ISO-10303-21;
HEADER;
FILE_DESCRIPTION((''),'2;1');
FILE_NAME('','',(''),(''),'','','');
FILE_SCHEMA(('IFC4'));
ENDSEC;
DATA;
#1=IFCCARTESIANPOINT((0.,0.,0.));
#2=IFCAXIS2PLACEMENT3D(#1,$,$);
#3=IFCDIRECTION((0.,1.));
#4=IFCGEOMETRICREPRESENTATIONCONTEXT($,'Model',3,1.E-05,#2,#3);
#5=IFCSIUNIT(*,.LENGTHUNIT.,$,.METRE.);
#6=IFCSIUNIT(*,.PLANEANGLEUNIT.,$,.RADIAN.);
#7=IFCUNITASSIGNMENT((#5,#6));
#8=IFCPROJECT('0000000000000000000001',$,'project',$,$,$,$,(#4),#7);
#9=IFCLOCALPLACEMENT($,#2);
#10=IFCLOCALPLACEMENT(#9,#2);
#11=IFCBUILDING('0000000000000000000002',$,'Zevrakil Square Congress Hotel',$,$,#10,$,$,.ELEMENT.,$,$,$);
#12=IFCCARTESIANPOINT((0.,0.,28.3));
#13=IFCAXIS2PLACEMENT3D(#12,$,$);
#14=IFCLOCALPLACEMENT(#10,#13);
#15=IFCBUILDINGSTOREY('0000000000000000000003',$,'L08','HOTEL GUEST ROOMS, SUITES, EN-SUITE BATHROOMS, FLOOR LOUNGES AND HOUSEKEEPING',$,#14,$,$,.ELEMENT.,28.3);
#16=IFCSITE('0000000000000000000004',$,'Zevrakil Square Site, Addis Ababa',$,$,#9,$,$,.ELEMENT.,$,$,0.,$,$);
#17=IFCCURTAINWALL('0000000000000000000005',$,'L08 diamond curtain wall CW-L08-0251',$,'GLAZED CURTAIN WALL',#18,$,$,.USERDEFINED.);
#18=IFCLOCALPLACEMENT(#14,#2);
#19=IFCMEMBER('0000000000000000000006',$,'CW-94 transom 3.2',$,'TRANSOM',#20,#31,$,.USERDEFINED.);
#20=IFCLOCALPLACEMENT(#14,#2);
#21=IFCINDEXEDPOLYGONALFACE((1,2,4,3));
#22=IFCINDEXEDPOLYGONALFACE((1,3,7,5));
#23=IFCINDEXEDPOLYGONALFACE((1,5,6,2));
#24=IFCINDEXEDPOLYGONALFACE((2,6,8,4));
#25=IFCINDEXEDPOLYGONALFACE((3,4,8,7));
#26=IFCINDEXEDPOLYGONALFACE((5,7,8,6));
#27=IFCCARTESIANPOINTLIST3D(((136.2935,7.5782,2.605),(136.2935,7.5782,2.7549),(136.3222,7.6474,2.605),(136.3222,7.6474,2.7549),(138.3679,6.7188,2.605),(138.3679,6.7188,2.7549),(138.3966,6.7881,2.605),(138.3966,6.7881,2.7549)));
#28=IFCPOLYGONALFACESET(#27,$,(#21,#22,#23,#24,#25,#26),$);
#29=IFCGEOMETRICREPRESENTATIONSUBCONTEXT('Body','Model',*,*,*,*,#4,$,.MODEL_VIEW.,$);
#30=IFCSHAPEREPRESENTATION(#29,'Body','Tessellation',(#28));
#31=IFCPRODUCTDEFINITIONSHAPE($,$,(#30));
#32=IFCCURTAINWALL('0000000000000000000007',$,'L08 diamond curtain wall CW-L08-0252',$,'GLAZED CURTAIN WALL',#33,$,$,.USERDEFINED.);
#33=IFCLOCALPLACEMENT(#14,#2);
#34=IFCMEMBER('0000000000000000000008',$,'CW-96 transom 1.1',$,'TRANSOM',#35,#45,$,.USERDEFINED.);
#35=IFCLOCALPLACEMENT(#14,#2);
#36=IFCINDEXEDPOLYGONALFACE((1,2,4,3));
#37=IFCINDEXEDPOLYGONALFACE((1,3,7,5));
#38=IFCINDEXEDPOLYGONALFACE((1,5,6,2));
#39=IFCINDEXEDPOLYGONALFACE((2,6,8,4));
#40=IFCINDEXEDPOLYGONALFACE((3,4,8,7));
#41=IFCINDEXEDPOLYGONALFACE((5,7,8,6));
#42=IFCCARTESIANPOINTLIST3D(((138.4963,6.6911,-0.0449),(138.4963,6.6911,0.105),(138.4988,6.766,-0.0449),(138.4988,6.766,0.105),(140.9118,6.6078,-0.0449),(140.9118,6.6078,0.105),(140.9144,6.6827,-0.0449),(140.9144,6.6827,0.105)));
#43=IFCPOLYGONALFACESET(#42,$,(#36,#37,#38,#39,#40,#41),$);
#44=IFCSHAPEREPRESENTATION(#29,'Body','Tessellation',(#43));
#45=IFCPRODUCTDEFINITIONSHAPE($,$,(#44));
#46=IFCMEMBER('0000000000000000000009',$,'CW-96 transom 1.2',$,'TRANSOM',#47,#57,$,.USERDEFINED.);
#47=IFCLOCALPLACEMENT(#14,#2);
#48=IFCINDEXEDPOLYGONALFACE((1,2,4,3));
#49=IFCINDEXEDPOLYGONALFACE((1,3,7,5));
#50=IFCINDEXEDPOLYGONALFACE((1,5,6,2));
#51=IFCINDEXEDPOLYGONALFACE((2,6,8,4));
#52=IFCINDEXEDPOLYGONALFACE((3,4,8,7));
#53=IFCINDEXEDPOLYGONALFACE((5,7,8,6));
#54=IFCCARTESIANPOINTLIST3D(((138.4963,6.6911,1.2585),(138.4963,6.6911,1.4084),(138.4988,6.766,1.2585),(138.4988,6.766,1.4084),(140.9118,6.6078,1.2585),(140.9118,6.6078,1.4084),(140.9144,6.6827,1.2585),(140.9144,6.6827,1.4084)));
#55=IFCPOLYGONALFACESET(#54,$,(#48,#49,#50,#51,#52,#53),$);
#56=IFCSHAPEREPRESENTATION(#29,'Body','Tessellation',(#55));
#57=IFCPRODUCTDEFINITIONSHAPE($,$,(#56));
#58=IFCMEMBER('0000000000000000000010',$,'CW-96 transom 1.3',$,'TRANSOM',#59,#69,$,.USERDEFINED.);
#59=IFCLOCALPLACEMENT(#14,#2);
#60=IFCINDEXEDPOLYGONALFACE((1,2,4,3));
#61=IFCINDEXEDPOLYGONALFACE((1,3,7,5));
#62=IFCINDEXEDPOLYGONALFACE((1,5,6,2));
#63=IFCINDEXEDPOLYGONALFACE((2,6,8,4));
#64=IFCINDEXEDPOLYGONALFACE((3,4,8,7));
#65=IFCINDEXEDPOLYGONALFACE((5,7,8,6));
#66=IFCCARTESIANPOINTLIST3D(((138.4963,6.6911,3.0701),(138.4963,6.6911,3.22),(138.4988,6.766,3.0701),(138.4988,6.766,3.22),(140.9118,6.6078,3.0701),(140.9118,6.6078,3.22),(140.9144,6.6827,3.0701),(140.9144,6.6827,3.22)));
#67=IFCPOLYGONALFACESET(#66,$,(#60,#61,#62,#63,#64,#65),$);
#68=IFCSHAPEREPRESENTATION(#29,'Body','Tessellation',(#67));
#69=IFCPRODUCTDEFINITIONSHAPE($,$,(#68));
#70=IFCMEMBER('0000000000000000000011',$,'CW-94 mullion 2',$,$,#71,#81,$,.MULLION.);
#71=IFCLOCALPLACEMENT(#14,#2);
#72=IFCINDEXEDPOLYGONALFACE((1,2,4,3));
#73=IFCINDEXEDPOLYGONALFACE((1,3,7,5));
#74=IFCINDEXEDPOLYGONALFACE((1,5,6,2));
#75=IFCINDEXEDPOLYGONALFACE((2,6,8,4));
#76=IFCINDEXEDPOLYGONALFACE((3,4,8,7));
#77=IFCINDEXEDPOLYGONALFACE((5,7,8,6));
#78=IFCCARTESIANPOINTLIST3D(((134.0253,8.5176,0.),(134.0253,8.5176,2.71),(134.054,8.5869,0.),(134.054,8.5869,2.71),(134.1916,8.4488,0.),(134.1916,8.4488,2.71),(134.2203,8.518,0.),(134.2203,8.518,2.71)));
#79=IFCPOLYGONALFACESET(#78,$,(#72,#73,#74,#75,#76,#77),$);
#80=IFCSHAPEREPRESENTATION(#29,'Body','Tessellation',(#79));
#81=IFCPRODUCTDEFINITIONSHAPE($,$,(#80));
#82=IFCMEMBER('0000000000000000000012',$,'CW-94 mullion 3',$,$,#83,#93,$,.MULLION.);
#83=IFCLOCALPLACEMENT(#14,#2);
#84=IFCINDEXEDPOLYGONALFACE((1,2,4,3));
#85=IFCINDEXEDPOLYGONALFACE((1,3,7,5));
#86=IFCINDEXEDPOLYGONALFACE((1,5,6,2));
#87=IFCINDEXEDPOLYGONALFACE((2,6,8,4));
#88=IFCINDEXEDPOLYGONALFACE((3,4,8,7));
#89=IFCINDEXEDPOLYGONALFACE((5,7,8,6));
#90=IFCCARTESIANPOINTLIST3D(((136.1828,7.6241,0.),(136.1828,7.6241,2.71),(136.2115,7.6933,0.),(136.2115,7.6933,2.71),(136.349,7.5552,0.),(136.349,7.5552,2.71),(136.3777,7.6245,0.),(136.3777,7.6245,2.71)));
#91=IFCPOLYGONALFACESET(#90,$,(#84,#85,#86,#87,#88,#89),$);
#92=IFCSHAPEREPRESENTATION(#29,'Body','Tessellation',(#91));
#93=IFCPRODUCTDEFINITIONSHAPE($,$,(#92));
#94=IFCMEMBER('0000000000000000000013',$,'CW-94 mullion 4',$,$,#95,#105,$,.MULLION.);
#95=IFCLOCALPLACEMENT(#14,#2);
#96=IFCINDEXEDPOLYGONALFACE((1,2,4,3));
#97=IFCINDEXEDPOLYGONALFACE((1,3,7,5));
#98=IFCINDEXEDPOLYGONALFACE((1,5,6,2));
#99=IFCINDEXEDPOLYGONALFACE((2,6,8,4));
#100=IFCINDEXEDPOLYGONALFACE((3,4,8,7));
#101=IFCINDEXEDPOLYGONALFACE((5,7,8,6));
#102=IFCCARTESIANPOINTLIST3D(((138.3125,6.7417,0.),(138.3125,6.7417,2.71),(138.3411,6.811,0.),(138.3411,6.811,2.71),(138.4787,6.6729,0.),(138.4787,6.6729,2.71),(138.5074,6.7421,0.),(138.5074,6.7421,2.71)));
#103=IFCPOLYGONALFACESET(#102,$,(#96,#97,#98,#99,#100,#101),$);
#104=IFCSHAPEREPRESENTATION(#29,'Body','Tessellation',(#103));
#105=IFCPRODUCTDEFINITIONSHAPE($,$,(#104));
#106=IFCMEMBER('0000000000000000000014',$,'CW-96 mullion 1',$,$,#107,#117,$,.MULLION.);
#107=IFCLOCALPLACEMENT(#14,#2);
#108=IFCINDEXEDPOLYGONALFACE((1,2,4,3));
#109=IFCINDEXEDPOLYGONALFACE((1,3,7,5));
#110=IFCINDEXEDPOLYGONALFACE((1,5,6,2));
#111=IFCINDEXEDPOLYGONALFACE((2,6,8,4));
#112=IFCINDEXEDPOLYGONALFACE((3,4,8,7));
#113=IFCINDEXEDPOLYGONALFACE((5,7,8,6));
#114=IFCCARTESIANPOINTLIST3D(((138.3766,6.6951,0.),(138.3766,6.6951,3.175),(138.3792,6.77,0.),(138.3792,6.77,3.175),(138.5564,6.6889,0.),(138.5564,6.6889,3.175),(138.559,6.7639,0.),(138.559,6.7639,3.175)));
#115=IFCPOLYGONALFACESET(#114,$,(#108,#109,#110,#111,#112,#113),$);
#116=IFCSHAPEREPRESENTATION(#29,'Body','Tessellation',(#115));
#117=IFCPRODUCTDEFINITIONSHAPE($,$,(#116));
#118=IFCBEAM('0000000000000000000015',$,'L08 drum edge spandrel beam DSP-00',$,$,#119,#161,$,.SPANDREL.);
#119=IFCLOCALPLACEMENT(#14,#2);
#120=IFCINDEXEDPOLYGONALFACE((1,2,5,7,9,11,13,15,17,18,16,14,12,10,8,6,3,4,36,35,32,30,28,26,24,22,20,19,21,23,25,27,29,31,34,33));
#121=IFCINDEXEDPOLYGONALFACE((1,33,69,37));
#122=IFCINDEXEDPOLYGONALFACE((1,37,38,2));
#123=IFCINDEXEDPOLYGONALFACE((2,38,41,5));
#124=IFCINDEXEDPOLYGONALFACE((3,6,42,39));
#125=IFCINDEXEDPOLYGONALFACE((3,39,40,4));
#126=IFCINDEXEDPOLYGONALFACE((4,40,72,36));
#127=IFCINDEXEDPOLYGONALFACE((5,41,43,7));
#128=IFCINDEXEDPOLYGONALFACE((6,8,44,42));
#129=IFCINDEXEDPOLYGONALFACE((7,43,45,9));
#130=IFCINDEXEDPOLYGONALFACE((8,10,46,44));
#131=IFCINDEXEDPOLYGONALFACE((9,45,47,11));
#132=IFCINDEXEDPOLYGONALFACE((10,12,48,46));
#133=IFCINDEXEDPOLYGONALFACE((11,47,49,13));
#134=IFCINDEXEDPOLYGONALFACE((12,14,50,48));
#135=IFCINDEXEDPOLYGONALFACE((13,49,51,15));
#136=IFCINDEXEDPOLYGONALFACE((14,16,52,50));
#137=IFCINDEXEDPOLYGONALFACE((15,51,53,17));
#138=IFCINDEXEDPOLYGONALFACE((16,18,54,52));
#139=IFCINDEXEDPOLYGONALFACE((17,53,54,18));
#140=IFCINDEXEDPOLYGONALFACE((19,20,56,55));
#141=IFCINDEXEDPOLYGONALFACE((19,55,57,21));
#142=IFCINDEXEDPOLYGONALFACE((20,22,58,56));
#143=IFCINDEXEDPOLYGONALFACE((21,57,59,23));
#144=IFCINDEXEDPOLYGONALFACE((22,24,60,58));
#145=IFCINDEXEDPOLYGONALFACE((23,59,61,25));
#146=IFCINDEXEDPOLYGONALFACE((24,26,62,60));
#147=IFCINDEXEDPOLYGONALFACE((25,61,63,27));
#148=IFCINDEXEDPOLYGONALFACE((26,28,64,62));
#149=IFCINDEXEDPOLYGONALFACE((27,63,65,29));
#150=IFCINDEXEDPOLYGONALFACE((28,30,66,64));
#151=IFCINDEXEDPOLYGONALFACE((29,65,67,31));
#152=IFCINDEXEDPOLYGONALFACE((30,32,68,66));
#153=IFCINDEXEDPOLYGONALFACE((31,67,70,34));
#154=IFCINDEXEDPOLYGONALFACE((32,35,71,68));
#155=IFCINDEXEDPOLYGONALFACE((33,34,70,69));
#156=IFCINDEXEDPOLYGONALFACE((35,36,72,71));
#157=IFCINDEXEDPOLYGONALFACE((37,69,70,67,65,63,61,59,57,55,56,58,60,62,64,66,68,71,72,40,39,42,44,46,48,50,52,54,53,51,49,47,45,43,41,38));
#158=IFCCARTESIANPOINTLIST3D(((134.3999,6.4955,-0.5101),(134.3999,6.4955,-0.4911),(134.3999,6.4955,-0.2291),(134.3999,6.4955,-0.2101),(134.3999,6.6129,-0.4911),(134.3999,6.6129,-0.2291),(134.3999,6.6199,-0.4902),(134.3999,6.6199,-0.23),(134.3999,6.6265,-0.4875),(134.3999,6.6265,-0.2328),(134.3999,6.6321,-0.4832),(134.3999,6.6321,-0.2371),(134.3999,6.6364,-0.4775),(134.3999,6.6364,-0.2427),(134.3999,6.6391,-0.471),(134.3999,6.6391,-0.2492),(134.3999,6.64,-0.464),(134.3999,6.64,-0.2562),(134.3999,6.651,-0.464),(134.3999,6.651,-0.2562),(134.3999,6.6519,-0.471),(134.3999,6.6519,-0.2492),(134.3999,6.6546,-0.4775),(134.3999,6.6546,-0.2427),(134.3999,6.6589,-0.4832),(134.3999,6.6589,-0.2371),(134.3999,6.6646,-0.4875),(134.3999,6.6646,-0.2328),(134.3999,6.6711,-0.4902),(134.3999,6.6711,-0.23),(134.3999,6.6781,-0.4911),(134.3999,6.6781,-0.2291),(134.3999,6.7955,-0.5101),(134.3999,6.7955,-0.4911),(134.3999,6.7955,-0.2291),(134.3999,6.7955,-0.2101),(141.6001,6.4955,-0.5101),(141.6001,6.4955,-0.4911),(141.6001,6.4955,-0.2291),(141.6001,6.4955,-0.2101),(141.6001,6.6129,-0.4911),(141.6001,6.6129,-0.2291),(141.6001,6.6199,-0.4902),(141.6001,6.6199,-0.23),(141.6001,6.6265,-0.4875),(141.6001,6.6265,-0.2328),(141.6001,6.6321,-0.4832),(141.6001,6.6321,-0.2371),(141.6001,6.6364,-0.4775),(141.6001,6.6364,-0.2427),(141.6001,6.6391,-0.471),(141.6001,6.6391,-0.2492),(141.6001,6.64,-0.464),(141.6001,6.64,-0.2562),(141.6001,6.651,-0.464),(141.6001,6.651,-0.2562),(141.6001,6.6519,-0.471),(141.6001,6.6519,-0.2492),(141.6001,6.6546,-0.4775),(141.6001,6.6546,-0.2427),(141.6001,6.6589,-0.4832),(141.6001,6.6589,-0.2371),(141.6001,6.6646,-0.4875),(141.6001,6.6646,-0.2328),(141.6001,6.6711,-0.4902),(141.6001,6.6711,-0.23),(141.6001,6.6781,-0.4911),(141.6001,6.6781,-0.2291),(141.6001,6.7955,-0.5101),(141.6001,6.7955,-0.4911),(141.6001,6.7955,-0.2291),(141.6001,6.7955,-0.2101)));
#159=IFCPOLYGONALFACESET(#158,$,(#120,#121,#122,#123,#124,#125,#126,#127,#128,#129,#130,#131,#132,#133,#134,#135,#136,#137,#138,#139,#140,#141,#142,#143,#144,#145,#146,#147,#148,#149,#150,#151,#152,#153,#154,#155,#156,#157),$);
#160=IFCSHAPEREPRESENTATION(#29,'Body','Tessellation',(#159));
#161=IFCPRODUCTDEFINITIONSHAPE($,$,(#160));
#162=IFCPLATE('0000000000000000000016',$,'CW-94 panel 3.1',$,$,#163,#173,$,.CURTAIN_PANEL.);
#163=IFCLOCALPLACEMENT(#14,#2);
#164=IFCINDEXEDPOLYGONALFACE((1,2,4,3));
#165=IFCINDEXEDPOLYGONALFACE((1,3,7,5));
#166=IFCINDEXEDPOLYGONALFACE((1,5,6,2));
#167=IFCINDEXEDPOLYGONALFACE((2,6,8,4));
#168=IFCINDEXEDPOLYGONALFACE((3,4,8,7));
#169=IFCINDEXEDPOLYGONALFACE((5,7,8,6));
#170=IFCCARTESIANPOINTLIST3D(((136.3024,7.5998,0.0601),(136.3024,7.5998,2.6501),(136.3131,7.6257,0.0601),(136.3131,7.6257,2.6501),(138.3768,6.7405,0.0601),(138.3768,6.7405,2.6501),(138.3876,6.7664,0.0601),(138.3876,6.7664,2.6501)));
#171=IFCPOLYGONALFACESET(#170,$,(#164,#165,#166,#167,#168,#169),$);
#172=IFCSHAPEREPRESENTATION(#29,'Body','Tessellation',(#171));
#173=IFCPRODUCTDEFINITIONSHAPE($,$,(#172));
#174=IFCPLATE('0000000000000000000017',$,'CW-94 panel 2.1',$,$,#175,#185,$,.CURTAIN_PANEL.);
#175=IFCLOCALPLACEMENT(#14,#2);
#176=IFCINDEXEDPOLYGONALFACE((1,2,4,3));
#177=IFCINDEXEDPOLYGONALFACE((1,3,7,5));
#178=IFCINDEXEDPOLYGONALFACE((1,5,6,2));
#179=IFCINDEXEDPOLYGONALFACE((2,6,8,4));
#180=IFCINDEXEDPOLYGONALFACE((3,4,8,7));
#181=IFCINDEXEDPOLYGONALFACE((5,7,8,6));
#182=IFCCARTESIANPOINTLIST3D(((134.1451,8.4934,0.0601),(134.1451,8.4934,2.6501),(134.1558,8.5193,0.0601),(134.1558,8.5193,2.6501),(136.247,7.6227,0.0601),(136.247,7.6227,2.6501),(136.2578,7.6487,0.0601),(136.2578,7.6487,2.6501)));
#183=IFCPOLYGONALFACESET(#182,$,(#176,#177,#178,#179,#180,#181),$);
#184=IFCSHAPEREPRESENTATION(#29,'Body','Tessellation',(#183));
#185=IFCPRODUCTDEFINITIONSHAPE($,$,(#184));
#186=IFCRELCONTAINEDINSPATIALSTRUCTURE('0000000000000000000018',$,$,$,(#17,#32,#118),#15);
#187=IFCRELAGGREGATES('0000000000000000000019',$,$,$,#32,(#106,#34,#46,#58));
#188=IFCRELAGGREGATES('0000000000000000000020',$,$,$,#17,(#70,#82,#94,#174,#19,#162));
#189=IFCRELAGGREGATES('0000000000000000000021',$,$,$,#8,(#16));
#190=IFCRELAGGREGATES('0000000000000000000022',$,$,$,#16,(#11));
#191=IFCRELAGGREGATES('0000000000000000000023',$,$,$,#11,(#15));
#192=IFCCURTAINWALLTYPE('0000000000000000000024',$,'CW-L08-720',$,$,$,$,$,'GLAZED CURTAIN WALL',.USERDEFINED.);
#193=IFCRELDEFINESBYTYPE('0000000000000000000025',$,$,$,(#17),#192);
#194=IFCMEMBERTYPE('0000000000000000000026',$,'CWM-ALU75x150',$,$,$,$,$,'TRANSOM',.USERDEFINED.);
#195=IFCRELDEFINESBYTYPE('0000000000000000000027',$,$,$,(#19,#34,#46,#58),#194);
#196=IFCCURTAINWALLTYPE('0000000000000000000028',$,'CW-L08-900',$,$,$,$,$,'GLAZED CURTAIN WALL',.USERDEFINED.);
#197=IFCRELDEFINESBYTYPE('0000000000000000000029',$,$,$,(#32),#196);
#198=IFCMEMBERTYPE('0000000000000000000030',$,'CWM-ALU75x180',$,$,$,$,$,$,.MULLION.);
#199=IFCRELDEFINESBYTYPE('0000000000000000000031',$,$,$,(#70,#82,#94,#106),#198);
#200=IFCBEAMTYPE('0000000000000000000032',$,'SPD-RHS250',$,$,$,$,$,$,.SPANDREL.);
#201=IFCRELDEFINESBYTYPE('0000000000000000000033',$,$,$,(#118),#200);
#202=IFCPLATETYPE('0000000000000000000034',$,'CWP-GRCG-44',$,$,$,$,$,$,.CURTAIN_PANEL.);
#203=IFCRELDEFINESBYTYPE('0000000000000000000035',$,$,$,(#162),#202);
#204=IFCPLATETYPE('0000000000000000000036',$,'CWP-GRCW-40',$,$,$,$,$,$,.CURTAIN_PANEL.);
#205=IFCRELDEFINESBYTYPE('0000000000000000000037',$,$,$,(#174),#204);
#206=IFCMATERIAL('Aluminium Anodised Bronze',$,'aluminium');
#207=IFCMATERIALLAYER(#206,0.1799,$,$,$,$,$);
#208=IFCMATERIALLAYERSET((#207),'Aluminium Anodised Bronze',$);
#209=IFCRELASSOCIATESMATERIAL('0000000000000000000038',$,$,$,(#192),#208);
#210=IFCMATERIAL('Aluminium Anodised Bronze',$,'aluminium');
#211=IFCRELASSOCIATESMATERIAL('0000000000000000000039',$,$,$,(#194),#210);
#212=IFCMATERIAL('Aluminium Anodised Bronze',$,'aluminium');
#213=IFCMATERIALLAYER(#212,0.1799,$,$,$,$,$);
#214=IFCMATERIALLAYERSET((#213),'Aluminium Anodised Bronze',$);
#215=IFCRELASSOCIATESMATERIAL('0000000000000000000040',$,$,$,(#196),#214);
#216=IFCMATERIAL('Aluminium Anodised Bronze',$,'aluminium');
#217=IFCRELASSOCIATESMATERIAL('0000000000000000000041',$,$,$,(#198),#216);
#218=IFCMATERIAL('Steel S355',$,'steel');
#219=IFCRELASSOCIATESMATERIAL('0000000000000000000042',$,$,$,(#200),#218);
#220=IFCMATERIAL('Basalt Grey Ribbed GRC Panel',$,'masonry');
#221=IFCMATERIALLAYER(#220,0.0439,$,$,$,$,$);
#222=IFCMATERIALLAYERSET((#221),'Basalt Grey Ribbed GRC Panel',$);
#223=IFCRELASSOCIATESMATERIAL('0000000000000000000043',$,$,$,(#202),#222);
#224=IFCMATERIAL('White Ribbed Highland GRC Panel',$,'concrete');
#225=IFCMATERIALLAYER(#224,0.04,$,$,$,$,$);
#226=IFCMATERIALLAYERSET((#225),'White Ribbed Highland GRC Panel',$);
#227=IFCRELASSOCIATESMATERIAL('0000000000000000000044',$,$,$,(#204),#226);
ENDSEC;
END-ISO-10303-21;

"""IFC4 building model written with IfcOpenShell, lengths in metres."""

from ifc_helpers import new_model, si_unit, direction, frame, origin, origin_2d, place, context, subcontext, project, spatial, rectangle, i_section, extrude, material, layer, layer_set, material_profile, profile_set, type_object, element, aggregate, save


model = new_model("IFC4")

# Units and contexts
model_context = context("Model", 3, precision=1e-05, world=origin(), true_north=direction((0.0, 1.0)))
body_context = subcontext(model_context, "Body", "Model", "MODEL_VIEW")
ifc_project = project(units=[si_unit("LENGTHUNIT", "METRE"), si_unit("PLANEANGLEUNIT", "RADIAN")], contexts=[model_context])

# Site, building, storey
site_placement = place(None, origin())
site = spatial("IfcSite", under=ifc_project, at=site_placement, Name="Zevrakil Square Site, Addis Ababa", CompositionType="ELEMENT", RefElevation=0.0)
building_placement = place(site_placement, origin())
building = spatial("IfcBuilding", under=site, at=building_placement, Name="Zevrakil Square Congress Hotel", CompositionType="ELEMENT")
storey_placement = place(building_placement, frame((0.0, 0.0, 28.3)))
storey = spatial("IfcBuildingStorey", under=building, at=storey_placement, Name="L08", Description="HOTEL GUEST ROOMS, SUITES, EN-SUITE BATHROOMS, FLOOR LOUNGES AND HOUSEKEEPING", CompositionType="ELEMENT", Elevation=28.3)

# Curtain walls, members
ifc_material_1 = material(Name="Aluminium Anodised Bronze", Category="aluminium")
ifc_layer_1 = layer(ifc_material_1, 0.1799)
ifc_layer_set_1 = layer_set([ifc_layer_1], Name="Aluminium Anodised Bronze")
curtain_wall_type_1 = type_object("IfcCurtainWallType", Name="CW-L08-720", ElementType="GLAZED CURTAIN WALL", PredefinedType="USERDEFINED", material=ifc_layer_set_1)
curtain_wall_1_placement = place(storey_placement, origin())
curtain_wall_1 = element("IfcCurtainWall", 1, at=curtain_wall_1_placement, inside=storey, type_object=curtain_wall_type_1, Name="L08 diamond curtain wall CW-L08-0251", ObjectType="GLAZED CURTAIN WALL", PredefinedType="USERDEFINED")
ifc_material_2 = material(Name="Aluminium Anodised Bronze", Category="aluminium")
ifc_material_profile_1 = material_profile(ifc_material_2, rectangle(XDim=0.075, YDim=0.1499, at=origin_2d()), Name="ALU 75x150")
ifc_profile_set_1 = profile_set([ifc_material_profile_1], Name="Aluminium Anodised Bronze")
member_type_1 = type_object("IfcMemberType", Name="CWM-ALU75x150", ElementType="TRANSOM", PredefinedType="USERDEFINED", material=ifc_profile_set_1)
member_1_placement = place(storey_placement, frame((136.3079, 7.6128, 2.6799), z_axis=(0.923863, -0.382723, 0.0), x_axis=(0.382723, 0.923863, 0.0)))
member_1 = element("IfcMember", 2, at=member_1_placement, type_object=member_type_1, Name="CW-94 transom 3.2", ObjectType="TRANSOM", PredefinedType="USERDEFINED", context=body_context, shape_type="SweptSolid", body=[
    extrude(rectangle(XDim=0.075, YDim=0.1499, at=origin_2d()), origin(), (0.0, 0.0, 1.0), 2.2454),
])
ifc_material_3 = material(Name="Aluminium Anodised Bronze", Category="aluminium")
ifc_layer_2 = layer(ifc_material_3, 0.1799)
ifc_layer_set_2 = layer_set([ifc_layer_2], Name="Aluminium Anodised Bronze")
curtain_wall_type_2 = type_object("IfcCurtainWallType", Name="CW-L08-900", ElementType="GLAZED CURTAIN WALL", PredefinedType="USERDEFINED", material=ifc_layer_set_2)
curtain_wall_2_placement = place(storey_placement, origin())
curtain_wall_2 = element("IfcCurtainWall", 3, at=curtain_wall_2_placement, inside=storey, type_object=curtain_wall_type_2, Name="L08 diamond curtain wall CW-L08-0252", ObjectType="GLAZED CURTAIN WALL", PredefinedType="USERDEFINED")
member_2_placement = place(storey_placement, frame((138.4976, 6.7285, 0.03), z_axis=(0.999407, -0.034445, 0.0), x_axis=(0.034445, 0.999407, 0.0)))
member_2 = element("IfcMember", 4, at=member_2_placement, type_object=member_type_1, Name="CW-96 transom 1.1", ObjectType="TRANSOM", PredefinedType="USERDEFINED", context=body_context, shape_type="SweptSolid", body=[
    extrude(rectangle(XDim=0.075, YDim=0.1499, at=origin_2d()), origin(), (0.0, 0.0, 1.0), 2.417),
])
member_3_placement = place(storey_placement, frame((138.4976, 6.7285, 1.3335), z_axis=(0.999407, -0.034445, 0.0), x_axis=(0.034445, 0.999407, 0.0)))
member_3 = element("IfcMember", 5, at=member_3_placement, type_object=member_type_1, Name="CW-96 transom 1.2", ObjectType="TRANSOM", PredefinedType="USERDEFINED", context=body_context, shape_type="SweptSolid", body=[
    extrude(rectangle(XDim=0.075, YDim=0.1499, at=origin_2d()), origin(), (0.0, 0.0, 1.0), 2.417),
])
member_4_placement = place(storey_placement, frame((138.4976, 6.7285, 3.145), z_axis=(0.999407, -0.034445, 0.0), x_axis=(0.034445, 0.999407, 0.0)))
member_4 = element("IfcMember", 6, at=member_4_placement, type_object=member_type_1, Name="CW-96 transom 1.3", ObjectType="TRANSOM", PredefinedType="USERDEFINED", context=body_context, shape_type="SweptSolid", body=[
    extrude(rectangle(XDim=0.075, YDim=0.1499, at=origin_2d()), origin(), (0.0, 0.0, 1.0), 2.417),
])

# Members
ifc_material_4 = material(Name="Aluminium Anodised Bronze", Category="aluminium")
ifc_material_profile_2 = material_profile(ifc_material_4, rectangle(XDim=0.075, YDim=0.1799, at=origin_2d()), Name="ALU 75x180")
ifc_profile_set_2 = profile_set([ifc_material_profile_2], Name="Aluminium Anodised Bronze")
member_type_2 = type_object("IfcMemberType", Name="CWM-ALU75x180", PredefinedType="MULLION", material=ifc_profile_set_2)
member_5_placement = place(storey_placement, frame((134.1228, 8.5178, 0.0), z_axis=(0.0, 0.0, 1.0), x_axis=(0.382684, 0.923879, 0.0)))
member_5 = element("IfcMember", 7, at=member_5_placement, type_object=member_type_2, Name="CW-94 mullion 2", PredefinedType="MULLION", context=body_context, shape_type="SweptSolid", body=[
    extrude(rectangle(XDim=0.075, YDim=0.1799, at=origin_2d()), origin(), (0.0, 0.0, 1.0), 2.71),
])
member_6_placement = place(storey_placement, frame((136.2803, 7.6243, 0.0), z_axis=(0.0, 0.0, 1.0), x_axis=(0.382684, 0.923879, 0.0)))
member_6 = element("IfcMember", 8, at=member_6_placement, type_object=member_type_2, Name="CW-94 mullion 3", PredefinedType="MULLION", context=body_context, shape_type="SweptSolid", body=[
    extrude(rectangle(XDim=0.075, YDim=0.1799, at=origin_2d()), origin(), (0.0, 0.0, 1.0), 2.71),
])
member_7_placement = place(storey_placement, frame((138.4099, 6.7419, 0.0), z_axis=(0.0, 0.0, 1.0), x_axis=(0.382684, 0.923879, 0.0)))
member_7 = element("IfcMember", 9, at=member_7_placement, type_object=member_type_2, Name="CW-94 mullion 4", PredefinedType="MULLION", context=body_context, shape_type="SweptSolid", body=[
    extrude(rectangle(XDim=0.075, YDim=0.1799, at=origin_2d()), origin(), (0.0, 0.0, 1.0), 2.71),
])
member_8_placement = place(storey_placement, frame((138.4678, 6.7295, 0.0), z_axis=(0.0, 0.0, 1.0), x_axis=(0.034405, 0.999408, 0.0)))
member_8 = element("IfcMember", 10, at=member_8_placement, type_object=member_type_2, Name="CW-96 mullion 1", PredefinedType="MULLION", context=body_context, shape_type="SweptSolid", body=[
    extrude(rectangle(XDim=0.075, YDim=0.1799, at=origin_2d()), origin(), (0.0, 0.0, 1.0), 3.175),
])
aggregate(curtain_wall_2, [member_8, member_2, member_3, member_4])

# Beam
ifc_material_5 = material(Name="Steel S355", Category="steel")
ifc_material_profile_3 = material_profile(ifc_material_5, i_section(OverallWidth=0.3, OverallDepth=0.3, WebThickness=0.011, FlangeThickness=0.019, FilletRadius=0.0271, at=origin_2d()), Name="HEB 300")
ifc_profile_set_3 = profile_set([ifc_material_profile_3], Name="Steel S355")
beam_type_1 = type_object("IfcBeamType", Name="SPD-RHS250", PredefinedType="SPANDREL", material=ifc_profile_set_3)
beam_1_placement = place(storey_placement, frame((134.3999, 6.6455, -0.3601), z_axis=(1.0, 0.0, 0.0), x_axis=(0.0, 1.0, 0.0)))
element("IfcBeam", 11, at=beam_1_placement, inside=storey, type_object=beam_type_1, Name="L08 drum edge spandrel beam DSP-00", PredefinedType="SPANDREL", context=body_context, shape_type="SweptSolid", body=[
    extrude(i_section(OverallWidth=0.3, OverallDepth=0.3, WebThickness=0.011, FlangeThickness=0.019, FilletRadius=0.0271, at=origin_2d()), origin(), (0.0, 0.0, 1.0), 7.2002),
])

# Plates
ifc_material_6 = material(Name="Basalt Grey Ribbed GRC Panel", Category="masonry")
ifc_layer_3 = layer(ifc_material_6, 0.0439)
ifc_layer_set_3 = layer_set([ifc_layer_3], Name="Basalt Grey Ribbed GRC Panel")
plate_type_1 = type_object("IfcPlateType", Name="CWP-GRCG-44", PredefinedType="CURTAIN_PANEL", material=ifc_layer_set_3)
plate_1_placement = place(storey_placement, frame((137.345, 7.1831, 0.0601), z_axis=(0.0, 0.0, 1.0), x_axis=(0.923879, -0.382684, 0.0)))
plate_1 = element("IfcPlate", 12, at=plate_1_placement, type_object=plate_type_1, Name="CW-94 panel 3.1", PredefinedType="CURTAIN_PANEL", context=body_context, shape_type="SweptSolid", body=[
    extrude(rectangle(XDim=2.2454, YDim=0.0281, at=origin_2d()), origin(), (0.0, 0.0, 1.0), 2.5901),
])
ifc_material_7 = material(Name="White Ribbed Highland GRC Panel", Category="concrete")
ifc_layer_4 = layer(ifc_material_7, 0.04)
ifc_layer_set_4 = layer_set([ifc_layer_4], Name="White Ribbed Highland GRC Panel")
plate_type_2 = type_object("IfcPlateType", Name="CWP-GRCW-40", PredefinedType="CURTAIN_PANEL", material=ifc_layer_set_4)
plate_2_placement = place(storey_placement, frame((135.2014, 8.071, 0.0601), z_axis=(0.0, 0.0, 1.0), x_axis=(0.923879, -0.382684, 0.0)))
plate_2 = element("IfcPlate", 13, at=plate_2_placement, type_object=plate_type_2, Name="CW-94 panel 2.1", PredefinedType="CURTAIN_PANEL", context=body_context, shape_type="SweptSolid", body=[
    extrude(rectangle(XDim=2.2751, YDim=0.0281, at=origin_2d()), origin(), (0.0, 0.0, 1.0), 2.5901),
])
aggregate(curtain_wall_1, [member_5, member_6, member_7, plate_2, member_1, plate_1])

save(model, "model.ifc")
